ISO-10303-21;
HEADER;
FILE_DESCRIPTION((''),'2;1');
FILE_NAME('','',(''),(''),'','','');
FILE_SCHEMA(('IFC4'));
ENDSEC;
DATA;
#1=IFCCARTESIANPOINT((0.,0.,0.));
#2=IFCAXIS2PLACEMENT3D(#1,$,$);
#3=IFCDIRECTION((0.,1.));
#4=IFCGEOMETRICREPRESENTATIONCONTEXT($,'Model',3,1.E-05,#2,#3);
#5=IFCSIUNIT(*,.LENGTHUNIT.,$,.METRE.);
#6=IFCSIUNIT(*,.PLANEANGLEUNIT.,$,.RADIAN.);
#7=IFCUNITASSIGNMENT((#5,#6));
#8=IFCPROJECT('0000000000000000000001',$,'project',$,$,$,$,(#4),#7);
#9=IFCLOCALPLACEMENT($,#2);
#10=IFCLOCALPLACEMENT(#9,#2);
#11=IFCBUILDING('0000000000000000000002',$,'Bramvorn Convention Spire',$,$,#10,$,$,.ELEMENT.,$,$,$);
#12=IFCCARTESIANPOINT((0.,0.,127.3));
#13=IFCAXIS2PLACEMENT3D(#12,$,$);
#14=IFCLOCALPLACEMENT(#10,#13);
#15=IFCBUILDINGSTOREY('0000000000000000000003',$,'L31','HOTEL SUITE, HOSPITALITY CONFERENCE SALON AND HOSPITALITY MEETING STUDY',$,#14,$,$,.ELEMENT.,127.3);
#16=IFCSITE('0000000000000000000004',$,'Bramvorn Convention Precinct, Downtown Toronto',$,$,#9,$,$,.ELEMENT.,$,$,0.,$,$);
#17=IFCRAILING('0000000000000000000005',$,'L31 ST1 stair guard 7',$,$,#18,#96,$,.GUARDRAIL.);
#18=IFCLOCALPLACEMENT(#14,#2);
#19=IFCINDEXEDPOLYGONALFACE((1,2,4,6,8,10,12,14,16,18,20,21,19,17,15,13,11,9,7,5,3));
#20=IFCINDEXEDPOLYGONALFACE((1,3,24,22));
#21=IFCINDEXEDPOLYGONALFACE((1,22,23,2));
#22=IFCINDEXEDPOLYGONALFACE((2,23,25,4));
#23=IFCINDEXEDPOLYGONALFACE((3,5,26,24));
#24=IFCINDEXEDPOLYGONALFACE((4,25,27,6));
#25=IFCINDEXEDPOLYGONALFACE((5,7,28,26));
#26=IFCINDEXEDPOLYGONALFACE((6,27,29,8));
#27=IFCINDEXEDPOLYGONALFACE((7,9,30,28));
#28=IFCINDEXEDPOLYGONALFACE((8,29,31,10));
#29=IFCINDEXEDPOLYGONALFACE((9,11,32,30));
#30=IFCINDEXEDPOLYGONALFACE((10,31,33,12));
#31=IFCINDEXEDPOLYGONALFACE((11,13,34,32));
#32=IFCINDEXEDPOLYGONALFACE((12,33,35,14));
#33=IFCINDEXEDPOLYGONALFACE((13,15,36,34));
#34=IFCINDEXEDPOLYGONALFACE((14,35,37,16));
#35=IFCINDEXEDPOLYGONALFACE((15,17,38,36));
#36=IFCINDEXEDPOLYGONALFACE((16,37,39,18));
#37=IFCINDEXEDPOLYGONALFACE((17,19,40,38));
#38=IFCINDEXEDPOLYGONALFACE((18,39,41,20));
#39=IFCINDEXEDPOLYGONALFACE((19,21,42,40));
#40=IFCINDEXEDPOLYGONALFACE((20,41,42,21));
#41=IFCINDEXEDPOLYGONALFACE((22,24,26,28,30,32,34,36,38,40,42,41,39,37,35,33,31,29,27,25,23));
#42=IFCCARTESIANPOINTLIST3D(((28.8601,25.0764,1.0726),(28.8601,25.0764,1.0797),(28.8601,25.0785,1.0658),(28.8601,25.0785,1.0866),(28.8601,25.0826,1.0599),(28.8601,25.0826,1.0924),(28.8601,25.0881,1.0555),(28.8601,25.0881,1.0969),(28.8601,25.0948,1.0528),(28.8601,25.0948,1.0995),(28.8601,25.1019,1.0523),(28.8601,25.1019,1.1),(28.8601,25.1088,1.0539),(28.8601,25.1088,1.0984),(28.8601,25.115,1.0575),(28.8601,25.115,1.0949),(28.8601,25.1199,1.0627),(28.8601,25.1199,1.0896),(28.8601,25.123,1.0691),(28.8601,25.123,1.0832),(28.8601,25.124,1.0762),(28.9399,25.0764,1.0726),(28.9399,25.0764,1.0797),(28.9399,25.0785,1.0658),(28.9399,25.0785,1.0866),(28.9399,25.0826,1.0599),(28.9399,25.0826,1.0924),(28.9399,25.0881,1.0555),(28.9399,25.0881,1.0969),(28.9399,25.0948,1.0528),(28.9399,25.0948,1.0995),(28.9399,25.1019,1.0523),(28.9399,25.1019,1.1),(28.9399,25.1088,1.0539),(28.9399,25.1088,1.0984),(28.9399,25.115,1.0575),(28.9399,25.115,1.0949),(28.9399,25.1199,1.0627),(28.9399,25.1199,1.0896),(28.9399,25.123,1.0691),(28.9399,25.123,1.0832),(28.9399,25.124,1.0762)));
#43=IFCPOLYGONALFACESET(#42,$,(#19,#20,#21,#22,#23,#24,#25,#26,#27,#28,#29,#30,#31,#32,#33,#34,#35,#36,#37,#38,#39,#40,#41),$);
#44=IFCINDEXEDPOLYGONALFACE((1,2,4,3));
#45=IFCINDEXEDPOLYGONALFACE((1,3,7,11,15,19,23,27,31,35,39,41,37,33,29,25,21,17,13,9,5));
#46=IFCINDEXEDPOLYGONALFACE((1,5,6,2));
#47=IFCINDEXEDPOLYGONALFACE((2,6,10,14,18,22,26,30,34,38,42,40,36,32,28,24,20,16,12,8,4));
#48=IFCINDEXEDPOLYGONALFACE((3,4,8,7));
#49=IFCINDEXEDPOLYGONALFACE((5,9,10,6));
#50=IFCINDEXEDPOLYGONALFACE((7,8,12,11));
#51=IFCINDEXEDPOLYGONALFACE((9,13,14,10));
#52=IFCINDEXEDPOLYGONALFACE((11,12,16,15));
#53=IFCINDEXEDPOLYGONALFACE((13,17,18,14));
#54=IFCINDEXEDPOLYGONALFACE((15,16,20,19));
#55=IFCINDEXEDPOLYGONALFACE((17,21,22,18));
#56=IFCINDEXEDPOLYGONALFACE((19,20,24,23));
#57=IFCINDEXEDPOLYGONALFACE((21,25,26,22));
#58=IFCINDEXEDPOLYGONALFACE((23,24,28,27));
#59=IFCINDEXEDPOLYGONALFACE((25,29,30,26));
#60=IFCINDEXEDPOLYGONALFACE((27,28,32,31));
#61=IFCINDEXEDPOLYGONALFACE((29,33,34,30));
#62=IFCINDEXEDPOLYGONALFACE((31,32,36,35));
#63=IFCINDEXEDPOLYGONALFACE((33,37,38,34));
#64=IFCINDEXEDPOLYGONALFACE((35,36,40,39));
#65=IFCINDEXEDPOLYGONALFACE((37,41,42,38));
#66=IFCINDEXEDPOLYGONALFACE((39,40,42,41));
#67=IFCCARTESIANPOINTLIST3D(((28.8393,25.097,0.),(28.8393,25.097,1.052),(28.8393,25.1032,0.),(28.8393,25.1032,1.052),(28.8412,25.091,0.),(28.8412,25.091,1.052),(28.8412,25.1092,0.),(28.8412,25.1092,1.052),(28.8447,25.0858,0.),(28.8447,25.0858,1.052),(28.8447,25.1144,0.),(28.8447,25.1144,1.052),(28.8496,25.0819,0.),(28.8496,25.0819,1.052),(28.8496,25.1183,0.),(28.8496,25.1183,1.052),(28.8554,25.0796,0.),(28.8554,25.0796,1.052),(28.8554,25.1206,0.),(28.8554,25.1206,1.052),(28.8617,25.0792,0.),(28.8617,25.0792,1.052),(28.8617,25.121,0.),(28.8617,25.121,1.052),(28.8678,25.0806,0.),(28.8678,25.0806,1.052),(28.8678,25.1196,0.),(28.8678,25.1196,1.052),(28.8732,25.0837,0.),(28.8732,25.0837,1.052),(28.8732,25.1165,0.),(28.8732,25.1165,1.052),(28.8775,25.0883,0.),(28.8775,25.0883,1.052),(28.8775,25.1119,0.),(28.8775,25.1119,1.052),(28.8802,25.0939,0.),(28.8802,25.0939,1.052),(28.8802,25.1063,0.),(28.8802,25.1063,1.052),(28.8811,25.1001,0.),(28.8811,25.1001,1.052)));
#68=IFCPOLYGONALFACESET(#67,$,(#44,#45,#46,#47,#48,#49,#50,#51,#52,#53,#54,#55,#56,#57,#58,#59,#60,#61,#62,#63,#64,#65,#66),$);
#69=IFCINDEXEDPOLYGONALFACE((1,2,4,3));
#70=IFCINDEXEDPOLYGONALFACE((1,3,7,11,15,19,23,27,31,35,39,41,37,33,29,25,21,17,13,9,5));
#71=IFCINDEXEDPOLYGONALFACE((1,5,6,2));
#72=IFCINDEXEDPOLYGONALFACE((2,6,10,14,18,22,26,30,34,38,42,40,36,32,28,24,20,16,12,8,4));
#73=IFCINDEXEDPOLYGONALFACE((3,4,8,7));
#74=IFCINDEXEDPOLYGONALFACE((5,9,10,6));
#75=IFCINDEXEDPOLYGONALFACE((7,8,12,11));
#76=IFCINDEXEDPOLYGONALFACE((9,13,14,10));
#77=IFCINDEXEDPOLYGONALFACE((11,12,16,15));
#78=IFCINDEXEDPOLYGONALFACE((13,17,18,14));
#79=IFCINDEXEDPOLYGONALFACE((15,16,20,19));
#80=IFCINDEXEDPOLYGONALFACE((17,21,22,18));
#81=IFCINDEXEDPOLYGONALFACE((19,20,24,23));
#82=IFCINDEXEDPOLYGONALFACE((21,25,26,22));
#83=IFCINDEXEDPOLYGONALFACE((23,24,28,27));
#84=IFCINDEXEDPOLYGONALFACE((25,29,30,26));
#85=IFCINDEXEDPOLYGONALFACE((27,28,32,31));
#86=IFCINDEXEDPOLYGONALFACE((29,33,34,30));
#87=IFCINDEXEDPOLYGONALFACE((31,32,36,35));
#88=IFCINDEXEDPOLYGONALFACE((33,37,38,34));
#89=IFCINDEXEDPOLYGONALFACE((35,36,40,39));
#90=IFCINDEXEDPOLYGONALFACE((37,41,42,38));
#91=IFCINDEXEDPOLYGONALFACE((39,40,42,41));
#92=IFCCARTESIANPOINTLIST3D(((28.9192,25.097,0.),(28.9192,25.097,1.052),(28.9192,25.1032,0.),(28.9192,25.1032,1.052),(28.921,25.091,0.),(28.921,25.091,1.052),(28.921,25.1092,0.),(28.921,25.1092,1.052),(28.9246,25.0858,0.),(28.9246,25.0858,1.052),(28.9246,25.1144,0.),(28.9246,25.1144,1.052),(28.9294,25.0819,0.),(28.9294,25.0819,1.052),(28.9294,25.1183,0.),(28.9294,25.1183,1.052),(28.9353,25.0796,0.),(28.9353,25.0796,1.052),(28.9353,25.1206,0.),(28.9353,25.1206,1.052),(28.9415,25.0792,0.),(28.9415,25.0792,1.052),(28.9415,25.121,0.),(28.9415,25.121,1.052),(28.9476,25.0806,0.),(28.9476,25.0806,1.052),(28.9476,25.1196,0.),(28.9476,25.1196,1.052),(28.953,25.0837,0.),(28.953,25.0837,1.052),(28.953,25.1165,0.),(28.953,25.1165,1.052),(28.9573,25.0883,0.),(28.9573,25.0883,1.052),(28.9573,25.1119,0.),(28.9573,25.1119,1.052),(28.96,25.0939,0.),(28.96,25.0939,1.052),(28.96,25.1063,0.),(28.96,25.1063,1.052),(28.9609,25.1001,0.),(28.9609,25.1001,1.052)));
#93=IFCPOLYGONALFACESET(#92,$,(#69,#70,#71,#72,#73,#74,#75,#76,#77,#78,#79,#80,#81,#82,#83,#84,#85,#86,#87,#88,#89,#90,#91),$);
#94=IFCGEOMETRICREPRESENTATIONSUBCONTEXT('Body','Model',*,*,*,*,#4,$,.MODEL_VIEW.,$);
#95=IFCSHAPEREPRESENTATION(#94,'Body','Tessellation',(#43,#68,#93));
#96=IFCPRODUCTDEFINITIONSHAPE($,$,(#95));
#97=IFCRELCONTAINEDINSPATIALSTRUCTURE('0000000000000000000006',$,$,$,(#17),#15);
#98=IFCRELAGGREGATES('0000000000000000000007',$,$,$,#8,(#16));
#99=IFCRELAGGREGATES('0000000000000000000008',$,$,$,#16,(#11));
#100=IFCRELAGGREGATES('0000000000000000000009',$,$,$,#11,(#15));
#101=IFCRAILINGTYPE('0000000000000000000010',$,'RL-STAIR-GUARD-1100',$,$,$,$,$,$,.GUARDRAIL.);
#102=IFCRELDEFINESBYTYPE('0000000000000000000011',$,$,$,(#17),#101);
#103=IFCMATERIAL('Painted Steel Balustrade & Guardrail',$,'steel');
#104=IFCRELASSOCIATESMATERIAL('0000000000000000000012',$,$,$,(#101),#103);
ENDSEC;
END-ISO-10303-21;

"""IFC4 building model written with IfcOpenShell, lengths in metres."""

from ifc_helpers import new_model, si_unit, direction, frame, origin, origin_2d, place, context, subcontext, project, spatial, circle, extrude, material, type_object, element, save


model = new_model("IFC4")

# Units and contexts
model_context = context("Model", 3, precision=1e-05, world=origin(), true_north=direction((0.0, 1.0)))
body_context = subcontext(model_context, "Body", "Model", "MODEL_VIEW")
ifc_project = project(units=[si_unit("LENGTHUNIT", "METRE"), si_unit("PLANEANGLEUNIT", "RADIAN")], contexts=[model_context])

# Site, building, storey
site_placement = place(None, origin())
site = spatial("IfcSite", under=ifc_project, at=site_placement, Name="Bramvorn Convention Precinct, Downtown Toronto", CompositionType="ELEMENT", RefElevation=0.0)
building_placement = place(site_placement, origin())
building = spatial("IfcBuilding", under=site, at=building_placement, Name="Bramvorn Convention Spire", CompositionType="ELEMENT")
storey_placement = place(building_placement, frame((0.0, 0.0, 127.3)))
storey = spatial("IfcBuildingStorey", under=building, at=storey_placement, Name="L31", Description="HOTEL SUITE, HOSPITALITY CONFERENCE SALON AND HOSPITALITY MEETING STUDY", CompositionType="ELEMENT", Elevation=127.3)

# Railing
ifc_material_1 = material(Name="Painted Steel Balustrade & Guardrail", Category="steel")
railing_type_1 = type_object("IfcRailingType", Name="RL-STAIR-GUARD-1100", PredefinedType="GUARDRAIL", material=ifc_material_1)
railing_1_placement = place(storey_placement, frame((28.8601, 25.1001, 0.0)))
element("IfcRailing", 1, at=railing_1_placement, inside=storey, type_object=railing_type_1, Name="L31 ST1 stair guard 7", PredefinedType="GUARDRAIL", context=body_context, shape_type="SweptSolid", body=[
    extrude(circle(Radius=0.0239, at=origin_2d()), frame((0.0, 0.0, 1.0762), z_axis=(1.0, 0.0, 0.0), x_axis=(0.0, 1.0, 0.0)), (0.0, 0.0, 1.0), 0.0798),
    extrude(circle(Radius=0.021, at=origin_2d()), origin(), (0.0, 0.0, 1.0), 1.052),
    extrude(circle(Radius=0.021, at=origin_2d()), frame((0.0798, 0.0, 0.0)), (0.0, 0.0, 1.0), 1.052),
])

save(model, "model.ifc")
